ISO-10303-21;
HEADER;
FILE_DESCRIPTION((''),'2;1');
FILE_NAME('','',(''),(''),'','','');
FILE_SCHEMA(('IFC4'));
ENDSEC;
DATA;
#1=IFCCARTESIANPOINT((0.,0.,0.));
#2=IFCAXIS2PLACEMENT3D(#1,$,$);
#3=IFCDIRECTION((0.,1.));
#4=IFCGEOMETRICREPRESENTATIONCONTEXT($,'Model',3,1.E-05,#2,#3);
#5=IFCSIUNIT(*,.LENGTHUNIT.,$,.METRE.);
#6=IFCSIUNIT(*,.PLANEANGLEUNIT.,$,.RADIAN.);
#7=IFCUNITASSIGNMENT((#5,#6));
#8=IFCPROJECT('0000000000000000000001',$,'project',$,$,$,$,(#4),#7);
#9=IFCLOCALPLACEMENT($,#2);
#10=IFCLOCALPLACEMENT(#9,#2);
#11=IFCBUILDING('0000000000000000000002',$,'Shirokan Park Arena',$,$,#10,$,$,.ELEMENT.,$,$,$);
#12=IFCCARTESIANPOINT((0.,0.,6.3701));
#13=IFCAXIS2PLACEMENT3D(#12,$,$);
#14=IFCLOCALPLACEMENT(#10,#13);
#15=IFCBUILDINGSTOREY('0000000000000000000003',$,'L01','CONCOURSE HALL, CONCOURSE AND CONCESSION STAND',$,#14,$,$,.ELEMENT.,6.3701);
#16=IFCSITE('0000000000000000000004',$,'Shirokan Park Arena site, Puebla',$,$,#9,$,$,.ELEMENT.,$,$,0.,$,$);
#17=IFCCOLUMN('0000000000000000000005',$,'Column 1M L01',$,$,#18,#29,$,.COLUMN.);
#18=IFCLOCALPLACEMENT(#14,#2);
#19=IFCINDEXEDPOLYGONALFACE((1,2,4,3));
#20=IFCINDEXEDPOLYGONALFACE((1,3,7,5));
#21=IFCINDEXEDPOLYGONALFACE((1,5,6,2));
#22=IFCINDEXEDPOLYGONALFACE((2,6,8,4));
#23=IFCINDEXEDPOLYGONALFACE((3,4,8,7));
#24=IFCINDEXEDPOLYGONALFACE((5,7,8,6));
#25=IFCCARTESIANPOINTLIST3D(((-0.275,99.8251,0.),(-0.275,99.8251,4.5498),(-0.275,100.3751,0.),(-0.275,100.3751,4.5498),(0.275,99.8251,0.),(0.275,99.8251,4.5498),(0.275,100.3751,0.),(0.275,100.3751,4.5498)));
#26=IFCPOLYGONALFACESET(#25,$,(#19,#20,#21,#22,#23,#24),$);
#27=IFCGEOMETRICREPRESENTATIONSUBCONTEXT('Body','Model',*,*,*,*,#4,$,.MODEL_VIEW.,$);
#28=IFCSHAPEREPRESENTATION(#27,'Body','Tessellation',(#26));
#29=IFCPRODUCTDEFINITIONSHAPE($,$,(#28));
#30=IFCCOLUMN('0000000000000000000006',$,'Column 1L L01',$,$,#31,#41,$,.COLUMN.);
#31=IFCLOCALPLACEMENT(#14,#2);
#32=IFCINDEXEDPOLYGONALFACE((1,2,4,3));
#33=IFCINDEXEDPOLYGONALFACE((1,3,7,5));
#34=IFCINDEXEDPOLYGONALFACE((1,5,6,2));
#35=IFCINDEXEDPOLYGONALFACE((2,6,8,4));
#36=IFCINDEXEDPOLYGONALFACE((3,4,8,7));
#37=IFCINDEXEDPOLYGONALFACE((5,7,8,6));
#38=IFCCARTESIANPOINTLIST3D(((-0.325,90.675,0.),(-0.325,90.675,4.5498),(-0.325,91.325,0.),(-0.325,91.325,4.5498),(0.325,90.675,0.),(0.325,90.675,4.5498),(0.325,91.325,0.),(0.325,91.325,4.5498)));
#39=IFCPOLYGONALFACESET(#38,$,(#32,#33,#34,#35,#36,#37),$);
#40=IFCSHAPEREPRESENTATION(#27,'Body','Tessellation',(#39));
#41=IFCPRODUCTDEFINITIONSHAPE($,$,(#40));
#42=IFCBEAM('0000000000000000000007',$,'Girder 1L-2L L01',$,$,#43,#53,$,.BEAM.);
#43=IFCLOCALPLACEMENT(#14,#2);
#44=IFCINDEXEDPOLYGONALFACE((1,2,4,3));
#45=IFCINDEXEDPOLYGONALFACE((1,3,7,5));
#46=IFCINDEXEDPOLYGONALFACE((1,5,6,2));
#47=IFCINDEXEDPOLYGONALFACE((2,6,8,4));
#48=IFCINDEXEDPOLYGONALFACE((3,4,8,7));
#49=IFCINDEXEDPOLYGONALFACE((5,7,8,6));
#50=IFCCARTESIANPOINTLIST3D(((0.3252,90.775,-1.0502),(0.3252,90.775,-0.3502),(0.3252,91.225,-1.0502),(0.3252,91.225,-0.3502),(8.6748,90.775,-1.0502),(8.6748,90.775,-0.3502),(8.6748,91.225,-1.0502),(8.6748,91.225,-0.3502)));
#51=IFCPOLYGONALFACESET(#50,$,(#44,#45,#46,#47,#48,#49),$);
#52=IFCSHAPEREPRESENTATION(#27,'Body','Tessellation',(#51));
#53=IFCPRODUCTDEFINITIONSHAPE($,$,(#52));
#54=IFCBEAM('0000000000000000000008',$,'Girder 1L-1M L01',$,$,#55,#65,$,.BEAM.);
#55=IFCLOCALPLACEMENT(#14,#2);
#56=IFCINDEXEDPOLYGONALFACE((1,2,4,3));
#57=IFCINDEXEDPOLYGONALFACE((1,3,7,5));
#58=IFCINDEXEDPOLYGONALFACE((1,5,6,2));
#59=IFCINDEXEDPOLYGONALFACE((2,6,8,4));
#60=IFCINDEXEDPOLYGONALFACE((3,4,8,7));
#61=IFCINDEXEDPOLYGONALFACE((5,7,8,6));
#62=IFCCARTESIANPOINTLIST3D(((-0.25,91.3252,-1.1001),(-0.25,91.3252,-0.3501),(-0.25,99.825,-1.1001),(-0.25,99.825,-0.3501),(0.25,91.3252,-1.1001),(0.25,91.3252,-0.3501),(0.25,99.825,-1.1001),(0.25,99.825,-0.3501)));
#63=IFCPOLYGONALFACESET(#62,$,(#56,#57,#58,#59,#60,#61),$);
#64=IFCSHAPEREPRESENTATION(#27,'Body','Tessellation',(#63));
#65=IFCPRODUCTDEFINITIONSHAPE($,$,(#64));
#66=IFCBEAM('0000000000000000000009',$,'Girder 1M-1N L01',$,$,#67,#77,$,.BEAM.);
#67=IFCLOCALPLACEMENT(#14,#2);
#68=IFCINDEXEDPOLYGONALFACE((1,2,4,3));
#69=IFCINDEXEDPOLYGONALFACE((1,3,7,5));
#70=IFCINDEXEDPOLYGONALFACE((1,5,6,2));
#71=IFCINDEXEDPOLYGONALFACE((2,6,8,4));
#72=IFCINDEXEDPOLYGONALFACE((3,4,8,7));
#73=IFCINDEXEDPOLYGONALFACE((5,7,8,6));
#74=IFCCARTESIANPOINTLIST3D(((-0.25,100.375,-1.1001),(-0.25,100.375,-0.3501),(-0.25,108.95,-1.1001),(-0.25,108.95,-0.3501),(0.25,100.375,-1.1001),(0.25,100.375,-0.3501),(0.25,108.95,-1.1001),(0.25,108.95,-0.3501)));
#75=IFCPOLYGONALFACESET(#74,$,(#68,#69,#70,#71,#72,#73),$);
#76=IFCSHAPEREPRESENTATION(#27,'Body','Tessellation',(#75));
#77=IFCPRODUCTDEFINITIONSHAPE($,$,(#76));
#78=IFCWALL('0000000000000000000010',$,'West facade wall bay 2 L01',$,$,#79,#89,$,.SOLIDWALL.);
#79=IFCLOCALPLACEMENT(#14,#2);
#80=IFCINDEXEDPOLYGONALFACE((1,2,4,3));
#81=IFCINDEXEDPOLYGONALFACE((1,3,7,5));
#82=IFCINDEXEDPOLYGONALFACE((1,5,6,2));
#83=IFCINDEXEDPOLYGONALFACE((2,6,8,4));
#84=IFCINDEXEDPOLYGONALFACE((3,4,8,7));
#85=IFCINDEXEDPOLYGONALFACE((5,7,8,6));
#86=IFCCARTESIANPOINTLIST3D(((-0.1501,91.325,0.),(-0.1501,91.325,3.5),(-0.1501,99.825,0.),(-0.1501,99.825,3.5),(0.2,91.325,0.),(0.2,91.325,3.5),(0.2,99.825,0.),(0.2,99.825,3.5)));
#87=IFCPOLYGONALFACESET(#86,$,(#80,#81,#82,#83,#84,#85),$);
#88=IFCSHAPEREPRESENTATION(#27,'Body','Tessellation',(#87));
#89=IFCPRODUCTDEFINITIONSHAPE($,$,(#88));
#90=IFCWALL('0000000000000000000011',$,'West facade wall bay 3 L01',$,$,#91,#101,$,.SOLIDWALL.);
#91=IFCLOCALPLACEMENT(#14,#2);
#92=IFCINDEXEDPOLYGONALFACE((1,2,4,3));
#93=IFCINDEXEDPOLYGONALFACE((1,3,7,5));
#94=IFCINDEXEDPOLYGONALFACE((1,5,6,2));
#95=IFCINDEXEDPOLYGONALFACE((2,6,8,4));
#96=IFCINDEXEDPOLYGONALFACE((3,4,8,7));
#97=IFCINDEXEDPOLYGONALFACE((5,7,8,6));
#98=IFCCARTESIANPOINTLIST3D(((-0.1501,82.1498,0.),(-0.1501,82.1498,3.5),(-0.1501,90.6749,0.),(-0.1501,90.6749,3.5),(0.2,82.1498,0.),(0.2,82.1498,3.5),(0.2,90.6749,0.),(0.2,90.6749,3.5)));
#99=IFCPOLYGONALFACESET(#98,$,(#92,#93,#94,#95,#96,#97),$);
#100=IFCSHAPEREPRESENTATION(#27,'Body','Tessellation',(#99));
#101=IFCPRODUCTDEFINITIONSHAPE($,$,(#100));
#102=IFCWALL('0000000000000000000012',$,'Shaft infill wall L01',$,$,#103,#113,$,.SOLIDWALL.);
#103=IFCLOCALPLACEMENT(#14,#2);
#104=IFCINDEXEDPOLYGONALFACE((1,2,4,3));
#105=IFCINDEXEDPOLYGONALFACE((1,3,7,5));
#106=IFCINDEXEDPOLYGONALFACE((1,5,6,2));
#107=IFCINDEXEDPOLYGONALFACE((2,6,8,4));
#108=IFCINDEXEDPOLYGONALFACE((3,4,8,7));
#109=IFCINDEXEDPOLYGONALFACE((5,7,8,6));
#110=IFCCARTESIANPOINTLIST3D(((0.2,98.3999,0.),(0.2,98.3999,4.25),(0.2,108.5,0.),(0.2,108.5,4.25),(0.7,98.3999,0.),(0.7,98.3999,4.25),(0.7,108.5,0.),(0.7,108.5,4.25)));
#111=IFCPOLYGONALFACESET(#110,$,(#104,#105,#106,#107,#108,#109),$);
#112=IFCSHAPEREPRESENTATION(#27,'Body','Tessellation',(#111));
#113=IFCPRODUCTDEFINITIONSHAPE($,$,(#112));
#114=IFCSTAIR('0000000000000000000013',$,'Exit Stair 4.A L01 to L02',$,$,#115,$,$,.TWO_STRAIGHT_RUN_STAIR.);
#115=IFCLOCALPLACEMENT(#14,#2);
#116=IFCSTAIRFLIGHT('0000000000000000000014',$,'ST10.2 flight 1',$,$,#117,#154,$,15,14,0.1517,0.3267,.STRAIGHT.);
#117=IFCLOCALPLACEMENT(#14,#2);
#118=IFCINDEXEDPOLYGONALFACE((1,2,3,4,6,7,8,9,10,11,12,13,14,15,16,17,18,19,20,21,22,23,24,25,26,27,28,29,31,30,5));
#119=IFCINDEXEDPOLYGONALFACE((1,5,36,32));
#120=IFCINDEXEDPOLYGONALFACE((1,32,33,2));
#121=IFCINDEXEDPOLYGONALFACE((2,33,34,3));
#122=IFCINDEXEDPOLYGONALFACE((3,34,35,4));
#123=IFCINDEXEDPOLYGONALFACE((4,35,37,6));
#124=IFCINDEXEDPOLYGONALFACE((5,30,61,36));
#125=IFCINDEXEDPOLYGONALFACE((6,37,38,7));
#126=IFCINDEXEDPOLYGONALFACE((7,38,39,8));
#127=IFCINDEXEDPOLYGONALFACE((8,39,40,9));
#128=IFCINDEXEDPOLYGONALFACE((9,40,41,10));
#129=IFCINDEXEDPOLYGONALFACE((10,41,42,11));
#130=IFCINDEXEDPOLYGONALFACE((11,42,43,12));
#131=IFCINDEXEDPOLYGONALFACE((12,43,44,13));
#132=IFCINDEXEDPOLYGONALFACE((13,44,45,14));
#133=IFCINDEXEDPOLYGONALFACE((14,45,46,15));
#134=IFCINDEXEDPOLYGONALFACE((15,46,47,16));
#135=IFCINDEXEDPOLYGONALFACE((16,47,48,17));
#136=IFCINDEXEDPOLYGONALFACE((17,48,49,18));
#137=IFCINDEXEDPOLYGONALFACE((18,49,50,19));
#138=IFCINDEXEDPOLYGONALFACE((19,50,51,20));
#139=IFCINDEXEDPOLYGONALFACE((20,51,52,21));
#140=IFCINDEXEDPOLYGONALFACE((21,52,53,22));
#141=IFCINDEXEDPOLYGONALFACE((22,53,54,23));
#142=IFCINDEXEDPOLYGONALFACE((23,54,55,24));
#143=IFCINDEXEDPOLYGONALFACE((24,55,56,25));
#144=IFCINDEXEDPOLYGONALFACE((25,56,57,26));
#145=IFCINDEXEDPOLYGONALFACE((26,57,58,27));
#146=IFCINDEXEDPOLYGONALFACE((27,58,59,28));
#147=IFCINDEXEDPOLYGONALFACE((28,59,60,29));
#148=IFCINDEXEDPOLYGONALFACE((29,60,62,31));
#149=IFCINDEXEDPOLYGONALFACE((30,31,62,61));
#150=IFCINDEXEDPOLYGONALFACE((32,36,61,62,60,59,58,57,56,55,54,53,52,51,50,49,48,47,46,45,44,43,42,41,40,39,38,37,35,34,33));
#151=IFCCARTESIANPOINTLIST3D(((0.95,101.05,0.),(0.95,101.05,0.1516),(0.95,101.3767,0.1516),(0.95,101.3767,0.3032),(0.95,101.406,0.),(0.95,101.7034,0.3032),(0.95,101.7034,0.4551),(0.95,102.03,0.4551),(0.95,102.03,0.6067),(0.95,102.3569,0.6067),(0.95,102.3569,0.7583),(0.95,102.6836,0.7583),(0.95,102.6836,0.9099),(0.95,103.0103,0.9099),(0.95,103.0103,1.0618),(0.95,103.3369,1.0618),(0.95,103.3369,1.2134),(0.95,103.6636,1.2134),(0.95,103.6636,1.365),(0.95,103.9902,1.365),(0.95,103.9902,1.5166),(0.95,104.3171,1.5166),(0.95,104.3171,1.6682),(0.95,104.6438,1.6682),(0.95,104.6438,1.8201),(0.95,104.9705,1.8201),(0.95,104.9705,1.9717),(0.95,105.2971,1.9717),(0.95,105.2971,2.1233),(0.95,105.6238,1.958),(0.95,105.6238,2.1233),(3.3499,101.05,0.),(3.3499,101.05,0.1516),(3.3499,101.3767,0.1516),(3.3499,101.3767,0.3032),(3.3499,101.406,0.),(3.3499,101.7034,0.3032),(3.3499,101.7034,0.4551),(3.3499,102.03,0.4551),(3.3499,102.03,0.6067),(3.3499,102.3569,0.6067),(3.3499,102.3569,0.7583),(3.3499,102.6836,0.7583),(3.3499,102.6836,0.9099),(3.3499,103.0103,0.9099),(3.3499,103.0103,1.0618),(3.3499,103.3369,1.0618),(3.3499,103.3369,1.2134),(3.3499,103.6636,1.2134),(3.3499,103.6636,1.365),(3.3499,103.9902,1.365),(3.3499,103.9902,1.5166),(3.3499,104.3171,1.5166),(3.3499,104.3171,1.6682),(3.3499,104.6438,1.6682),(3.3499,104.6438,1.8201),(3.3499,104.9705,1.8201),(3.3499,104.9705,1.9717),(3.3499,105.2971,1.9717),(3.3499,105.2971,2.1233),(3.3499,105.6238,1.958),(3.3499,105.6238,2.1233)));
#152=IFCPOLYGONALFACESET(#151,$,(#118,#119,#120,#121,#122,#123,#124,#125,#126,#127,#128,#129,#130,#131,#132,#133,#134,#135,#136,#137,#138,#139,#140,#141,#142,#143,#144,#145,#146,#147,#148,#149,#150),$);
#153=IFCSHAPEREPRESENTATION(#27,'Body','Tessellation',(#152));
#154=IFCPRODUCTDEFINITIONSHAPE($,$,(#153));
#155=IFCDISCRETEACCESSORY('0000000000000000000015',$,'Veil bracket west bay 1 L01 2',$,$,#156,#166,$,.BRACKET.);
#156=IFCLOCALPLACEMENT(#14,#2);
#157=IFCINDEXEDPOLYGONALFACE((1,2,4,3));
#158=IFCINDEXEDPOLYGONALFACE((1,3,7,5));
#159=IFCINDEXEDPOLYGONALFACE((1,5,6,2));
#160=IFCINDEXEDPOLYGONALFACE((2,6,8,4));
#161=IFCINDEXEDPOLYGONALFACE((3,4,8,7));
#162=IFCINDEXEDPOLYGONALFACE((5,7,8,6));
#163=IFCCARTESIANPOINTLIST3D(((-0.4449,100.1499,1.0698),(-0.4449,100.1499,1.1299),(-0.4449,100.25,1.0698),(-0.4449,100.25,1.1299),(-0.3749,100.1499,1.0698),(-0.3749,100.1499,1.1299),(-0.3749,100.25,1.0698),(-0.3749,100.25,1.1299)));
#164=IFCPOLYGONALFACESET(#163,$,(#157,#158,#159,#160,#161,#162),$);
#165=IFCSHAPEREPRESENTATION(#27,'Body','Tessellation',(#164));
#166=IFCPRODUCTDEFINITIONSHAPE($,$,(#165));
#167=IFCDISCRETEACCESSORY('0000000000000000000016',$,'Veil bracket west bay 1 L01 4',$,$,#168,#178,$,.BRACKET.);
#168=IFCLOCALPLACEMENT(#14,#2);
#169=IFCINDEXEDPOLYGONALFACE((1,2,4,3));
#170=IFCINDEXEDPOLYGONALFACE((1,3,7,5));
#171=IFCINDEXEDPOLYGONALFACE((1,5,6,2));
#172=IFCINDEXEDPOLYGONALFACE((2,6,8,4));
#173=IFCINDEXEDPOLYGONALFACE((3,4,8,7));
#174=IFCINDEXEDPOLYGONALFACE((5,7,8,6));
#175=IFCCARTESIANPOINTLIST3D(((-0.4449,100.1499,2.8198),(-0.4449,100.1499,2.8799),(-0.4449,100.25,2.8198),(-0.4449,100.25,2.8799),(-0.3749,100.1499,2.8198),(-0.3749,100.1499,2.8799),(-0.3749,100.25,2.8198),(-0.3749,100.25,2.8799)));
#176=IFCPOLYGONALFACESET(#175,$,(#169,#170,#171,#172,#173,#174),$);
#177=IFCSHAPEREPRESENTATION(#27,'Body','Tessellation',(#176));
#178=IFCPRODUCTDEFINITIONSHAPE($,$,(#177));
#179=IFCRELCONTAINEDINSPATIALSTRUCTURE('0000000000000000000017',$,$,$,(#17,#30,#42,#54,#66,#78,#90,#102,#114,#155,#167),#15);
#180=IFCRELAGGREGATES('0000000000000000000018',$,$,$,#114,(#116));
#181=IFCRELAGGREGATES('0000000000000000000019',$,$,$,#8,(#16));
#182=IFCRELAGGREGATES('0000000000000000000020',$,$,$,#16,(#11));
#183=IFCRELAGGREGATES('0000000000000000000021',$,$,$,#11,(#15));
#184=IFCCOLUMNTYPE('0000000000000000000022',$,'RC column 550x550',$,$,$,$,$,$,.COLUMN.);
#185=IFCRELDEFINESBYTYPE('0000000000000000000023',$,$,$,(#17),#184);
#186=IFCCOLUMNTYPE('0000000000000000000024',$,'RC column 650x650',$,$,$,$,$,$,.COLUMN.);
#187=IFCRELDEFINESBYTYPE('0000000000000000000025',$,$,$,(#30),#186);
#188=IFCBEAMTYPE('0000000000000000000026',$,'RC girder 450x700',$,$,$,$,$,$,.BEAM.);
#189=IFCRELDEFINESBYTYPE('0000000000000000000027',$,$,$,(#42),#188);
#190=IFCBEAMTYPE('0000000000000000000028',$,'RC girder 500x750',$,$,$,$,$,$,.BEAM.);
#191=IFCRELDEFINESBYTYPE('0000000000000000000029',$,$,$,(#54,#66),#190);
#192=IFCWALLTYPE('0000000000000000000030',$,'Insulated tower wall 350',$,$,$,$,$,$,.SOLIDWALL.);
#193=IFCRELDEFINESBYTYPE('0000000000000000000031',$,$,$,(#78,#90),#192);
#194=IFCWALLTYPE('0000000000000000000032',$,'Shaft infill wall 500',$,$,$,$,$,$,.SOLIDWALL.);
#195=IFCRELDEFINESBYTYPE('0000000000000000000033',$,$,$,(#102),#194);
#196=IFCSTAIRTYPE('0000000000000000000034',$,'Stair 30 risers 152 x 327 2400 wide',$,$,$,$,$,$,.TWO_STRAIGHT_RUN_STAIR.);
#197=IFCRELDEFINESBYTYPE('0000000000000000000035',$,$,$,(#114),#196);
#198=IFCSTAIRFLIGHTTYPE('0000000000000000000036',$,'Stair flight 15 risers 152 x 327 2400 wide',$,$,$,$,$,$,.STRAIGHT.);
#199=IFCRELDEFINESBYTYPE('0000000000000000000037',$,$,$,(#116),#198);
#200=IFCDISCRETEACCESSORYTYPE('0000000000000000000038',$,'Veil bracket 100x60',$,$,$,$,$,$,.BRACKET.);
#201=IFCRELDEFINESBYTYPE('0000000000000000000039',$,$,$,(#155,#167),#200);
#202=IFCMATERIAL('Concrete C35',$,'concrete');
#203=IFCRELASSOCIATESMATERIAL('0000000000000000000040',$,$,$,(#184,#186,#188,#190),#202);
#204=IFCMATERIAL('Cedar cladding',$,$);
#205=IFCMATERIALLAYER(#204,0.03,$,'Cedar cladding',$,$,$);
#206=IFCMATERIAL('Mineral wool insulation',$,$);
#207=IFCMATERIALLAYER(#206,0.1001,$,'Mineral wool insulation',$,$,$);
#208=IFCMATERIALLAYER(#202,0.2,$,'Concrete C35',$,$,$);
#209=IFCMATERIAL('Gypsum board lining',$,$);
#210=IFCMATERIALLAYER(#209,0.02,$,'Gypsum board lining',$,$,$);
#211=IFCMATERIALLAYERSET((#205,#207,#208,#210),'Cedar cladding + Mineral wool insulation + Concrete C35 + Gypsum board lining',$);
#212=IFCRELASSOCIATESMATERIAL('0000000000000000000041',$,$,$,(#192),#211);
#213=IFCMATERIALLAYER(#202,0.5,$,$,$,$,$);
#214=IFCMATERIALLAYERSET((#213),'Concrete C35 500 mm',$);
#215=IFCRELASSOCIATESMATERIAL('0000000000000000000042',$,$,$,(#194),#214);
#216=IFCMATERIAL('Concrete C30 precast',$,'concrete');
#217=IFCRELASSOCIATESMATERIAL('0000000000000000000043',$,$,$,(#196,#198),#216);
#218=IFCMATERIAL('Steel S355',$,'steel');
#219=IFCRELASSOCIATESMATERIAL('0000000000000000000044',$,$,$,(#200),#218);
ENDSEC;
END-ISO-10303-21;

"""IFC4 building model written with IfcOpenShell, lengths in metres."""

from ifc_helpers import new_model, si_unit, direction, frame, frame_2d, origin, origin_2d, place, context, subcontext, project, spatial, polyline, rectangle, outline, extrude, material, layer, layer_set, material_profile, profile_set, type_object, element, aggregate, save


model = new_model("IFC4")

# Units and contexts
model_context = context("Model", 3, precision=1e-05, world=origin(), true_north=direction((0.0, 1.0)))
body_context = subcontext(model_context, "Body", "Model", "MODEL_VIEW")
ifc_project = project(units=[si_unit("LENGTHUNIT", "METRE"), si_unit("PLANEANGLEUNIT", "RADIAN")], contexts=[model_context])

# Site, building, storey
site_placement = place(None, origin())
site = spatial("IfcSite", under=ifc_project, at=site_placement, Name="Shirokan Park Arena site, Puebla", CompositionType="ELEMENT", RefElevation=0.0)
building_placement = place(site_placement, origin())
building = spatial("IfcBuilding", under=site, at=building_placement, Name="Shirokan Park Arena", CompositionType="ELEMENT")
storey_placement = place(building_placement, frame((0.0, 0.0, 6.3701)))
storey = spatial("IfcBuildingStorey", under=building, at=storey_placement, Name="L01", Description="CONCOURSE HALL, CONCOURSE AND CONCESSION STAND", CompositionType="ELEMENT", Elevation=6.3701)

# Columns
ifc_material_1 = material(Name="Concrete C35", Category="concrete")
ifc_material_profile_1 = material_profile(ifc_material_1, rectangle(XDim=0.55, YDim=0.55, at=origin_2d()), Name="550x550")
ifc_profile_set_1 = profile_set([ifc_material_profile_1], Name="Concrete C35")
column_type_1 = type_object("IfcColumnType", Name="RC column 550x550", PredefinedType="COLUMN", material=ifc_profile_set_1)
column_1_placement = place(storey_placement, frame((0.0, 100.1001, 0.0), z_axis=(0.0, 0.0, 1.0), x_axis=(1.0, 0.0, 0.0)))
element("IfcColumn", 1, at=column_1_placement, inside=storey, type_object=column_type_1, Name="Column 1M L01", PredefinedType="COLUMN", context=body_context, shape_type="SweptSolid", body=[
    extrude(rectangle(XDim=0.55, YDim=0.55, at=origin_2d()), origin(), (0.0, 0.0, 1.0), 4.5498),
])
ifc_material_profile_2 = material_profile(ifc_material_1, rectangle(XDim=0.6499, YDim=0.6499, at=origin_2d()), Name="650x650")
ifc_profile_set_2 = profile_set([ifc_material_profile_2], Name="Concrete C35")
column_type_2 = type_object("IfcColumnType", Name="RC column 650x650", PredefinedType="COLUMN", material=ifc_profile_set_2)
column_2_placement = place(storey_placement, frame((0.0, 91.0, 0.0), z_axis=(0.0, 0.0, 1.0), x_axis=(1.0, 0.0, 0.0)))
element("IfcColumn", 2, at=column_2_placement, inside=storey, type_object=column_type_2, Name="Column 1L L01", PredefinedType="COLUMN", context=body_context, shape_type="SweptSolid", body=[
    extrude(rectangle(XDim=0.6499, YDim=0.6499, at=origin_2d()), origin(), (0.0, 0.0, 1.0), 4.5498),
])

# Beams
ifc_material_profile_3 = material_profile(ifc_material_1, rectangle(XDim=0.45, YDim=0.7, at=origin_2d()), Name="450x700")
ifc_profile_set_3 = profile_set([ifc_material_profile_3], Name="Concrete C35")
beam_type_1 = type_object("IfcBeamType", Name="RC girder 450x700", PredefinedType="BEAM", material=ifc_profile_set_3)
beam_1_placement = place(storey_placement, frame((0.3252, 91.0, -0.7002), z_axis=(1.0, 0.0, 0.0), x_axis=(0.0, 1.0, 0.0)))
element("IfcBeam", 3, at=beam_1_placement, inside=storey, type_object=beam_type_1, Name="Girder 1L-2L L01", PredefinedType="BEAM", context=body_context, shape_type="SweptSolid", body=[
    extrude(rectangle(XDim=0.45, YDim=0.7, at=origin_2d()), origin(), (0.0, 0.0, 1.0), 8.3496),
])
ifc_material_profile_4 = material_profile(ifc_material_1, rectangle(XDim=0.5, YDim=0.75, at=origin_2d()), Name="500x750")
ifc_profile_set_4 = profile_set([ifc_material_profile_4], Name="Concrete C35")
beam_type_2 = type_object("IfcBeamType", Name="RC girder 500x750", PredefinedType="BEAM", material=ifc_profile_set_4)
beam_2_placement = place(storey_placement, frame((0.0, 91.3252, -0.7251), z_axis=(0.0, 1.0, 0.0), x_axis=(-1.0, 0.0, 0.0)))
element("IfcBeam", 4, at=beam_2_placement, inside=storey, type_object=beam_type_2, Name="Girder 1L-1M L01", PredefinedType="BEAM", context=body_context, shape_type="SweptSolid", body=[
    extrude(rectangle(XDim=0.5, YDim=0.75, at=origin_2d()), origin(), (0.0, 0.0, 1.0), 8.4998),
])
beam_3_placement = place(storey_placement, frame((0.0, 100.375, -0.7251), z_axis=(0.0, 1.0, 0.0), x_axis=(-1.0, 0.0, 0.0)))
element("IfcBeam", 5, at=beam_3_placement, inside=storey, type_object=beam_type_2, Name="Girder 1M-1N L01", PredefinedType="BEAM", context=body_context, shape_type="SweptSolid", body=[
    extrude(rectangle(XDim=0.5, YDim=0.75, at=origin_2d()), origin(), (0.0, 0.0, 1.0), 8.575),
])

# Walls
ifc_material_2 = material(Name="Cedar cladding")
ifc_layer_1 = layer(ifc_material_2, 0.03, Name="Cedar cladding")
ifc_material_3 = material(Name="Mineral wool insulation")
ifc_layer_2 = layer(ifc_material_3, 0.1001, Name="Mineral wool insulation")
ifc_layer_3 = layer(ifc_material_1, 0.2, Name="Concrete C35")
ifc_material_4 = material(Name="Gypsum board lining")
ifc_layer_4 = layer(ifc_material_4, 0.02, Name="Gypsum board lining")
ifc_layer_set_1 = layer_set([ifc_layer_1, ifc_layer_2, ifc_layer_3, ifc_layer_4], Name="Cedar cladding + Mineral wool insulation + Concrete C35 + Gypsum board lining")
wall_type_1 = type_object("IfcWallType", Name="Insulated tower wall 350", PredefinedType="SOLIDWALL", material=ifc_layer_set_1)
wall_1_placement = place(storey_placement, frame((0.0249, 99.825, 0.0), z_axis=(0.0, 0.0, 1.0), x_axis=(0.0, -1.0, 0.0)))
element("IfcWall", 6, at=wall_1_placement, inside=storey, type_object=wall_type_1, Name="West facade wall bay 2 L01", PredefinedType="SOLIDWALL", context=body_context, shape_type="SweptSolid", body=[
    extrude(rectangle(XDim=8.5, YDim=0.3501, at=frame_2d((4.25, 0.0))), origin(), (0.0, 0.0, 1.0), 3.5),
])
wall_2_placement = place(storey_placement, frame((0.0249, 90.675, 0.0), z_axis=(0.0, 0.0, 1.0), x_axis=(0.0, -1.0, 0.0)))
element("IfcWall", 7, at=wall_2_placement, inside=storey, type_object=wall_type_1, Name="West facade wall bay 3 L01", PredefinedType="SOLIDWALL", context=body_context, shape_type="SweptSolid", body=[
    extrude(rectangle(XDim=8.5251, YDim=0.3501, at=frame_2d((4.2627, 0.0))), origin(), (0.0, 0.0, 1.0), 3.5),
])
ifc_layer_5 = layer(ifc_material_1, 0.5)
ifc_layer_set_2 = layer_set([ifc_layer_5], Name="Concrete C35 500 mm")
wall_type_2 = type_object("IfcWallType", Name="Shaft infill wall 500", PredefinedType="SOLIDWALL", material=ifc_layer_set_2)
wall_3_placement = place(storey_placement, frame((0.45, 98.3999, 0.0), z_axis=(0.0, 0.0, 1.0), x_axis=(0.0, 1.0, 0.0)))
element("IfcWall", 8, at=wall_3_placement, inside=storey, type_object=wall_type_2, Name="Shaft infill wall L01", PredefinedType="SOLIDWALL", context=body_context, shape_type="SweptSolid", body=[
    extrude(rectangle(XDim=10.1001, YDim=0.5, at=frame_2d((5.05, 0.0))), origin(), (0.0, 0.0, 1.0), 4.25),
])

# Stair, stair flight
ifc_material_5 = material(Name="Concrete C30 precast", Category="concrete")
stair_type = type_object("IfcStairType", Name="Stair 30 risers 152 x 327 2400 wide", PredefinedType="TWO_STRAIGHT_RUN_STAIR", material=ifc_material_5)
stair_placement = place(storey_placement, origin())
stair = element("IfcStair", 9, at=stair_placement, inside=storey, type_object=stair_type, Name="Exit Stair 4.A L01 to L02", PredefinedType="TWO_STRAIGHT_RUN_STAIR")
stair_flight_type = type_object("IfcStairFlightType", Name="Stair flight 15 risers 152 x 327 2400 wide", PredefinedType="STRAIGHT", material=ifc_material_5)
stair_flight_placement = place(storey_placement, frame((2.1499, 101.05, 0.0), z_axis=(0.0, 0.0, 1.0), x_axis=(0.0, 1.0, 0.0)))
stair_flight = element("IfcStairFlight", 10, at=stair_flight_placement, type_object=stair_flight_type, Name="ST10.2 flight 1", NumberOfRisers=15, NumberOfTreads=14, PredefinedType="STRAIGHT", RiserHeight=0.1517, TreadLength=0.3267, context=body_context, shape_type="SweptSolid", body=[
    extrude(outline(polyline([(0.0, 0.0), (0.0, 0.1516), (0.3267, 0.1516), (0.3267, 0.3032), (0.6533, 0.3032), (0.6533, 0.4551), (0.98, 0.4551), (0.98, 0.6067), (1.3069, 0.6067), (1.3069, 0.7583), (1.6335, 0.7583), (1.6335, 0.9099), (1.9602, 0.9099), (1.9602, 1.0618), (2.2869, 1.0618), (2.2869, 1.2134), (2.6135, 1.2134), (2.6135, 1.365), (2.9402, 1.365), (2.9402, 1.5166), (3.2671, 1.5166), (3.2671, 1.6682), (3.5938, 1.6682), (3.5938, 1.8201), (3.9204, 1.8201), (3.9204, 1.9717), (4.2471, 1.9717), (4.2471, 2.1233), (4.5737, 2.1233), (4.5737, 2.2749), (4.5737, 1.958), (0.356, 0.0), (0.0, 0.0)])), frame((0.0, 1.2, 0.0), z_axis=(0.0, -1.0, 0.0), x_axis=(1.0, 0.0, 0.0)), (0.0, 0.0, 1.0), 2.3999),
])
aggregate(stair, [stair_flight])

# Discrete accessories
ifc_material_6 = material(Name="Steel S355", Category="steel")
discrete_accessory_type = type_object("IfcDiscreteAccessoryType", Name="Veil bracket 100x60", PredefinedType="BRACKET", material=ifc_material_6)
for number, where, z_axis, x_axis, name in (
    (11, (-0.4099, 100.2, 1.0698), (0.0, 0.0, 1.0), (0.0, -1.0, 0.0), "Veil bracket west bay 1 L01 2"),
    (12, (-0.4099, 100.2, 2.8198), (0.0, 0.0, 1.0), (0.0, -1.0, 0.0), "Veil bracket west bay 1 L01 4"),
):
    element("IfcDiscreteAccessory", number, at=place(storey_placement, frame(where, z_axis=z_axis, x_axis=x_axis)), inside=storey, type_object=discrete_accessory_type, Name=name, PredefinedType="BRACKET", context=body_context, shape_type="SweptSolid", body=[
        extrude(rectangle(XDim=0.1001, YDim=0.0701, at=origin_2d()), origin(), (0.0, 0.0, 1.0), 0.0601),
    ])

save(model, "model.ifc")
